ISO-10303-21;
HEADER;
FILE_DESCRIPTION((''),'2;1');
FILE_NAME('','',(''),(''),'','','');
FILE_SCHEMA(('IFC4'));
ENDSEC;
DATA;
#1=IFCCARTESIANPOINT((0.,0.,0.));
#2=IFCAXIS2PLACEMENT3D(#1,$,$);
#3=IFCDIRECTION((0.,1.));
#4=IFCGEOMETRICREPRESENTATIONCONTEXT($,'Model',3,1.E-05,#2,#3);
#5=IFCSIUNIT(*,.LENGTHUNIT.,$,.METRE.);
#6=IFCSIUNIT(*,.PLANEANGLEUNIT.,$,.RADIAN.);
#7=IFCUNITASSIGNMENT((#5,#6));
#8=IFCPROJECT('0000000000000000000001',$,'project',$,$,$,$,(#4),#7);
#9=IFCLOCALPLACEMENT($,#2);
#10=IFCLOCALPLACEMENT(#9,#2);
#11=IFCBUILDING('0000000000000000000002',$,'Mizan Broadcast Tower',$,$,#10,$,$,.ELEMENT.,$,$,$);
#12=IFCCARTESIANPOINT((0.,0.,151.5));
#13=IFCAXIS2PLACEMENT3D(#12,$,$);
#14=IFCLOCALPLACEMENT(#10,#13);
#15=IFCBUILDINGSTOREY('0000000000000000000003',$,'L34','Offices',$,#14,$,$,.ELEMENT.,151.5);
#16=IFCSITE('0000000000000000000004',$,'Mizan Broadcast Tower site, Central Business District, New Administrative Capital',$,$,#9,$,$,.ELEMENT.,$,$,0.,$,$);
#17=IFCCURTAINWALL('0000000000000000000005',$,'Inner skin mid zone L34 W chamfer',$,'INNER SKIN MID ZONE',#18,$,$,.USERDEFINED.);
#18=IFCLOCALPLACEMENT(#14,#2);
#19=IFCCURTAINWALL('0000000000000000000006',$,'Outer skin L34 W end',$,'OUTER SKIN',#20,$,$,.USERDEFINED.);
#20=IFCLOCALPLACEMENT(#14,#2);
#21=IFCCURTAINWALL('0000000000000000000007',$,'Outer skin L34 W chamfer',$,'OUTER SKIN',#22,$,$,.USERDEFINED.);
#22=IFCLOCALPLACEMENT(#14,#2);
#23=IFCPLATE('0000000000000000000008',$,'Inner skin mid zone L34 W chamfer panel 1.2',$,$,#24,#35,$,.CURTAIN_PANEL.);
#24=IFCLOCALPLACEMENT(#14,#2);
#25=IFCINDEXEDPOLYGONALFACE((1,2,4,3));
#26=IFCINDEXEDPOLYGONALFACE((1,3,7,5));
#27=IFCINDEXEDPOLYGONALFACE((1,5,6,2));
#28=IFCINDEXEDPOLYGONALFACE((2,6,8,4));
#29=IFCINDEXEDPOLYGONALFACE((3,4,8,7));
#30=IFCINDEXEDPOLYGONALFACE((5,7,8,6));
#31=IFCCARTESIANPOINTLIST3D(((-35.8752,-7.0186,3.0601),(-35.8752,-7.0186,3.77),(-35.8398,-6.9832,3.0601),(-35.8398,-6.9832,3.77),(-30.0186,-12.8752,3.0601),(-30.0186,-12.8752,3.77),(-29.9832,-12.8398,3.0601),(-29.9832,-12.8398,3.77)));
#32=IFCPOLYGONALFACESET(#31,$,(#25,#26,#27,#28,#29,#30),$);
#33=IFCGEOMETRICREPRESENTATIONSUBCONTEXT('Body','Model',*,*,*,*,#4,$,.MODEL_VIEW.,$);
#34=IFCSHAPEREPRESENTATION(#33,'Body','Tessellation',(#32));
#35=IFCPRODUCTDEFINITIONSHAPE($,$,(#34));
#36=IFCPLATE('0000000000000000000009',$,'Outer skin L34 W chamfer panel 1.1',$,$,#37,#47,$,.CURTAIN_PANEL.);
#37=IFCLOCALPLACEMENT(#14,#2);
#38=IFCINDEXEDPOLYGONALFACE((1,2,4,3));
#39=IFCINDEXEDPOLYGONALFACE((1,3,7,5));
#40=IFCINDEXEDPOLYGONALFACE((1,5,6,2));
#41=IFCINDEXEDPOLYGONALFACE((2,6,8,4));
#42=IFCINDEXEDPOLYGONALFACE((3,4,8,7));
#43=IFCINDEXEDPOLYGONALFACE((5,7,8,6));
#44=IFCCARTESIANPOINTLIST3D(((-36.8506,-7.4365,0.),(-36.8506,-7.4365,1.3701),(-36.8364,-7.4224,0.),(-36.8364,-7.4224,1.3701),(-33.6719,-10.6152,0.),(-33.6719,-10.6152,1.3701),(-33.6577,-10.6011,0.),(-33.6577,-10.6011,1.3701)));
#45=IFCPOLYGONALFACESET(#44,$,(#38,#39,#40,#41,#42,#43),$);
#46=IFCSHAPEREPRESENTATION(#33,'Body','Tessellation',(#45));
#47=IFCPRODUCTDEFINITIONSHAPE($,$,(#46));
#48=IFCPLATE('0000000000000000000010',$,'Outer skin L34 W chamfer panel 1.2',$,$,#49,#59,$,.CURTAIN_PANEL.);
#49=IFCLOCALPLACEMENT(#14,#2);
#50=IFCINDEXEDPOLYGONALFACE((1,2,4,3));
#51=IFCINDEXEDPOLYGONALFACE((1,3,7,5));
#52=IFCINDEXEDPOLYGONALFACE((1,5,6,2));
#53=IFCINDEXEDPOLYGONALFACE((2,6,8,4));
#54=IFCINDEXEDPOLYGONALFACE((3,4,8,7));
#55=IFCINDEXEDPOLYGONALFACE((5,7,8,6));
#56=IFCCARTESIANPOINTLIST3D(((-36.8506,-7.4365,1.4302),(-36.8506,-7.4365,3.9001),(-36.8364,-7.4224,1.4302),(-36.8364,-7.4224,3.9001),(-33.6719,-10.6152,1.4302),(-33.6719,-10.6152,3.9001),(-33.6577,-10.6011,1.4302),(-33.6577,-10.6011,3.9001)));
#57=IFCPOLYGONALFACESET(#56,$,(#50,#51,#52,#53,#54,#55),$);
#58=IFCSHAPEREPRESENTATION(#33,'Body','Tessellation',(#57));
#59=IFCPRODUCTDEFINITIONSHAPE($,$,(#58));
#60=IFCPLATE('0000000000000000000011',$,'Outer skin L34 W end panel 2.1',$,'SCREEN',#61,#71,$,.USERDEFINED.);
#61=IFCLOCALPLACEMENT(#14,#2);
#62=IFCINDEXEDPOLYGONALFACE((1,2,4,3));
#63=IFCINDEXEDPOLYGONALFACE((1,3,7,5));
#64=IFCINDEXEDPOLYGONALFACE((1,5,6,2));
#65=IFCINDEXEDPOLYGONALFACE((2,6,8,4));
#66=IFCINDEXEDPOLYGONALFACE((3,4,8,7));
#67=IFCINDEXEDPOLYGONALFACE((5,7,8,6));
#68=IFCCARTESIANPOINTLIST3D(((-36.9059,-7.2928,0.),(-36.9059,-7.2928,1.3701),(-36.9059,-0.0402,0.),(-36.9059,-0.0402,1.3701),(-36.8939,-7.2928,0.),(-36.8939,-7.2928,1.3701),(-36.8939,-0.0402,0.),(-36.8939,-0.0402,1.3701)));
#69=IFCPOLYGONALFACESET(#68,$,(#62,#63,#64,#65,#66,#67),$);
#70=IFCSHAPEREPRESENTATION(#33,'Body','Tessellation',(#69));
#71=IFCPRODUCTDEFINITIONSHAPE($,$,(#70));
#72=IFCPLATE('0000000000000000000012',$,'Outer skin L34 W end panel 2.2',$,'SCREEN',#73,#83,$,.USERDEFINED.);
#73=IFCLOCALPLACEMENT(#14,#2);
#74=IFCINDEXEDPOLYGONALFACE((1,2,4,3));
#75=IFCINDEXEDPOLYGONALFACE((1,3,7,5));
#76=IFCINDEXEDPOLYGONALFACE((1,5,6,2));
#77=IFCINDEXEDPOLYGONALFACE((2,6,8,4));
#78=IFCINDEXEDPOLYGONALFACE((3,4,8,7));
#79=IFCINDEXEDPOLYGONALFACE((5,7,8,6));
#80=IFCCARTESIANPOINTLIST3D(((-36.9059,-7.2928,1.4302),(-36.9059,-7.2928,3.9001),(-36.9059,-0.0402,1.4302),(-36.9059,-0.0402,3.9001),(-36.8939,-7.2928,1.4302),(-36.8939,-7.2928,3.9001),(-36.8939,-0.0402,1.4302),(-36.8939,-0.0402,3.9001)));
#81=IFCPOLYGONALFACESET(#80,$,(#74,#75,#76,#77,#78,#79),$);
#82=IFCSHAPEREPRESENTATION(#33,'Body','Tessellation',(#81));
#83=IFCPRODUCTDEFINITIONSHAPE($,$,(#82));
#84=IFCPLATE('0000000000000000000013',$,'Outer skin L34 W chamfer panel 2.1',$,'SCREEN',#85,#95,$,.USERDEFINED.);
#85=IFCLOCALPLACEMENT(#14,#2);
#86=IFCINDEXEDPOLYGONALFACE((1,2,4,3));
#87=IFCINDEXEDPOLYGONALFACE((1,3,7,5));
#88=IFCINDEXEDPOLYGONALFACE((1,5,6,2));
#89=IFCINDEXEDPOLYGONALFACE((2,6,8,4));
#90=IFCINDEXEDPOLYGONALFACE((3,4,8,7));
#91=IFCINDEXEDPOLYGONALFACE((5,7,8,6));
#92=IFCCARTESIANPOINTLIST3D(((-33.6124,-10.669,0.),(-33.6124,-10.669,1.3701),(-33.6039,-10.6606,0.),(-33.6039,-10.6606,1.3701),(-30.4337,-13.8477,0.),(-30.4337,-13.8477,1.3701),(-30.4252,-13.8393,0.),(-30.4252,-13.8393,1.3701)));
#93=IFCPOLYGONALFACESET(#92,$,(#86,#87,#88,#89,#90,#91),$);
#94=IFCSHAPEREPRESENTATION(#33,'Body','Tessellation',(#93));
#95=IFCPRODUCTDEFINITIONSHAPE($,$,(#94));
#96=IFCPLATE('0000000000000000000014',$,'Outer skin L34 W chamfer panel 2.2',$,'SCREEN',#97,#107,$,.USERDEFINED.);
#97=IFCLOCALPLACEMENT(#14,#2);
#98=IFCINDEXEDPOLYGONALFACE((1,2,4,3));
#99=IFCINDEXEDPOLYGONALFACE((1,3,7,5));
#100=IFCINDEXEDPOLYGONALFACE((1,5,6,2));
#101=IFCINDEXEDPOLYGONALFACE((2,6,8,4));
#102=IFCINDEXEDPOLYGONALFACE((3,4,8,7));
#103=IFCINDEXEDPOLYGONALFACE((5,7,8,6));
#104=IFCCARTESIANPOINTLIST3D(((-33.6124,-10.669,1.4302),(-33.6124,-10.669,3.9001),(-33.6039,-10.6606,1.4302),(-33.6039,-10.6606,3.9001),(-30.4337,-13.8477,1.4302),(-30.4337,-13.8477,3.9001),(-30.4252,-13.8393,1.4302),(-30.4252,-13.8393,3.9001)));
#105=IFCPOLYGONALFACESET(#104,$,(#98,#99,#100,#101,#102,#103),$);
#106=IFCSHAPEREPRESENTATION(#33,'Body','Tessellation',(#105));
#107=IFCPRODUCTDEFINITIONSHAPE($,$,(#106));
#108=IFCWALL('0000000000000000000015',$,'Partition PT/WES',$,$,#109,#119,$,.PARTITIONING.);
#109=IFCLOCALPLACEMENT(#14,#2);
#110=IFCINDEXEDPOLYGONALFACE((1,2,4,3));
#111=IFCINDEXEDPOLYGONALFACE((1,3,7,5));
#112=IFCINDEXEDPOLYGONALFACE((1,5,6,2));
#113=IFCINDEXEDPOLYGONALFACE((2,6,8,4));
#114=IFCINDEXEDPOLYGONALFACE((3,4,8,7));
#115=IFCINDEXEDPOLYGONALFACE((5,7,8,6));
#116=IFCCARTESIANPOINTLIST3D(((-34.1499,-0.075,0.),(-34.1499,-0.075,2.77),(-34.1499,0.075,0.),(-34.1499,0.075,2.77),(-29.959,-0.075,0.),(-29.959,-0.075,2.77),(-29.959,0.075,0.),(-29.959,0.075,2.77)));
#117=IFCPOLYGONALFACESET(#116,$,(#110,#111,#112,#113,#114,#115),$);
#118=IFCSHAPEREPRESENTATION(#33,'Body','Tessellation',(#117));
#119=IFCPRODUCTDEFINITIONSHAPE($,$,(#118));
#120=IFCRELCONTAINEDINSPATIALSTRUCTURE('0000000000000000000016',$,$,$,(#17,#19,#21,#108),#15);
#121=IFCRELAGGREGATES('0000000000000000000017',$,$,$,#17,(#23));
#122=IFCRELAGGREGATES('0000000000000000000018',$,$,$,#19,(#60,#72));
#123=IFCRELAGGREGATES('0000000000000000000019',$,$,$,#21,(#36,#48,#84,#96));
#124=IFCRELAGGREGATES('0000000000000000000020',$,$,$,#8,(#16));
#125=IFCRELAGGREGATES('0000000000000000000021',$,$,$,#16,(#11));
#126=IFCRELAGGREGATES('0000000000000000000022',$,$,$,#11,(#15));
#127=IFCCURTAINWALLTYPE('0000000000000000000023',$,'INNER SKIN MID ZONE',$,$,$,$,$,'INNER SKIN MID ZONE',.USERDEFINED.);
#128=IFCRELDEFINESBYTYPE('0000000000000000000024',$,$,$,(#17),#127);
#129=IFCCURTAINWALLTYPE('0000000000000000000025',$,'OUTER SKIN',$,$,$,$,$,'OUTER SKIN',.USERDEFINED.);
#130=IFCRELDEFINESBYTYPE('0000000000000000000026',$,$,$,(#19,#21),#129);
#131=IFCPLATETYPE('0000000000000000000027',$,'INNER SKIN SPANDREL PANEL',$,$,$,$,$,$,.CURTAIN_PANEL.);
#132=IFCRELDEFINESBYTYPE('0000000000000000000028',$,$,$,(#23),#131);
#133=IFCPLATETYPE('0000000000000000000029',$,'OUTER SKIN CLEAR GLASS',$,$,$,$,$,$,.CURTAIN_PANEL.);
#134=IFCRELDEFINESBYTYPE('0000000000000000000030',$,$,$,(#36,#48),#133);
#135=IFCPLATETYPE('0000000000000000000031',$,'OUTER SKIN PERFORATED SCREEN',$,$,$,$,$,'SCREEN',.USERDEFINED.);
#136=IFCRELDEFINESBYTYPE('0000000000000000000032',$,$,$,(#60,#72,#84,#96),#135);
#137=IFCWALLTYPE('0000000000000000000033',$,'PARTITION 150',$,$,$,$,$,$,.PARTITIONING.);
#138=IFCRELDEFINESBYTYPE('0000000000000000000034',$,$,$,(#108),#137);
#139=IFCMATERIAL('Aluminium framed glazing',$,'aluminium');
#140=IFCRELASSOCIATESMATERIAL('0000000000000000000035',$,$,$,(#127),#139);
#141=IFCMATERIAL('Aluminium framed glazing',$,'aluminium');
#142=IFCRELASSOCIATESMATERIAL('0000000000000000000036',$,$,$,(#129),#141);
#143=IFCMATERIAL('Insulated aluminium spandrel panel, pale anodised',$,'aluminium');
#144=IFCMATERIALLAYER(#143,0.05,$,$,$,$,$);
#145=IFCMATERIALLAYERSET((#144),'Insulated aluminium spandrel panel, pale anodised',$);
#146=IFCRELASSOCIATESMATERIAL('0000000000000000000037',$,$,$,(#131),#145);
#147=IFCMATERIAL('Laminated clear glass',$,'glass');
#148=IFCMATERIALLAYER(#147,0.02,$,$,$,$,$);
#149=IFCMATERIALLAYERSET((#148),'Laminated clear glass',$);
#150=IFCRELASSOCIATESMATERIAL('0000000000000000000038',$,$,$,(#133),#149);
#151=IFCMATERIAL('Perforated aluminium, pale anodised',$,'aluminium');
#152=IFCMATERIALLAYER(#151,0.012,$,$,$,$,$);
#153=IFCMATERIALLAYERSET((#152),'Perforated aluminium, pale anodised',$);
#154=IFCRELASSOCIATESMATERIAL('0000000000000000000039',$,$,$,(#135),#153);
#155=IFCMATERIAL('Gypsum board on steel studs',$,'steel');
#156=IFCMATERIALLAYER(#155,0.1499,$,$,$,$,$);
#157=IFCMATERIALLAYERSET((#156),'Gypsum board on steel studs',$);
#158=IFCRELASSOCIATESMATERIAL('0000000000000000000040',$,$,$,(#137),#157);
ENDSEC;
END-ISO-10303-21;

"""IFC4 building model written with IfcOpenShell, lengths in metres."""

from ifc_helpers import new_model, si_unit, direction, frame, frame_2d, origin, origin_2d, place, context, subcontext, project, spatial, rectangle, extrude, material, layer, layer_set, type_object, element, aggregate, save


model = new_model("IFC4")

# Units and contexts
model_context = context("Model", 3, precision=1e-05, world=origin(), true_north=direction((0.0, 1.0)))
body_context = subcontext(model_context, "Body", "Model", "MODEL_VIEW")
ifc_project = project(units=[si_unit("LENGTHUNIT", "METRE"), si_unit("PLANEANGLEUNIT", "RADIAN")], contexts=[model_context])

# Site, building, storey
site_placement = place(None, origin())
site = spatial("IfcSite", under=ifc_project, at=site_placement, Name="Mizan Broadcast Tower site, Central Business District, New Administrative Capital", CompositionType="ELEMENT", RefElevation=0.0)
building_placement = place(site_placement, origin())
building = spatial("IfcBuilding", under=site, at=building_placement, Name="Mizan Broadcast Tower", CompositionType="ELEMENT")
storey_placement = place(building_placement, frame((0.0, 0.0, 151.5)))
storey = spatial("IfcBuildingStorey", under=building, at=storey_placement, Name="L34", Description="Offices", CompositionType="ELEMENT", Elevation=151.5)

# Shared definitions
ifc_material_1 = material(Name="Aluminium framed glazing", Category="aluminium")
curtain_wall_type_1 = type_object("IfcCurtainWallType", Name="INNER SKIN MID ZONE", ElementType="INNER SKIN MID ZONE", PredefinedType="USERDEFINED", material=ifc_material_1)

# Curtain wall
curtain_wall_1_placement = place(storey_placement, origin())
curtain_wall_1 = element("IfcCurtainWall", 1, at=curtain_wall_1_placement, inside=storey, type_object=curtain_wall_type_1, Name="Inner skin mid zone L34 W chamfer", ObjectType="INNER SKIN MID ZONE", PredefinedType="USERDEFINED")

# Curtain walls
ifc_material_2 = material(Name="Aluminium framed glazing", Category="aluminium")
curtain_wall_type_2 = type_object("IfcCurtainWallType", Name="OUTER SKIN", ElementType="OUTER SKIN", PredefinedType="USERDEFINED", material=ifc_material_2)
curtain_wall_2_placement = place(storey_placement, origin())
curtain_wall_2 = element("IfcCurtainWall", 2, at=curtain_wall_2_placement, inside=storey, type_object=curtain_wall_type_2, Name="Outer skin L34 W end", ObjectType="OUTER SKIN", PredefinedType="USERDEFINED")
curtain_wall_3_placement = place(storey_placement, origin())
curtain_wall_3 = element("IfcCurtainWall", 3, at=curtain_wall_3_placement, inside=storey, type_object=curtain_wall_type_2, Name="Outer skin L34 W chamfer", ObjectType="OUTER SKIN", PredefinedType="USERDEFINED")

# Plates
ifc_material_3 = material(Name="Insulated aluminium spandrel panel, pale anodised", Category="aluminium")
ifc_layer_1 = layer(ifc_material_3, 0.05)
ifc_layer_set_1 = layer_set([ifc_layer_1], Name="Insulated aluminium spandrel panel, pale anodised")
plate_type_1 = type_object("IfcPlateType", Name="INNER SKIN SPANDREL PANEL", PredefinedType="CURTAIN_PANEL", material=ifc_layer_set_1)
plate_1_placement = place(storey_placement, frame((-32.9292, -9.9292, 3.0601), z_axis=(0.0, 0.0, 1.0), x_axis=(0.707107, -0.707107, 0.0)))
plate_1 = element("IfcPlate", 4, at=plate_1_placement, type_object=plate_type_1, Name="Inner skin mid zone L34 W chamfer panel 1.2", PredefinedType="CURTAIN_PANEL", context=body_context, shape_type="SweptSolid", body=[
    extrude(rectangle(XDim=8.2825, YDim=0.05, at=origin_2d()), origin(), (0.0, 0.0, 1.0), 0.71),
])
aggregate(curtain_wall_1, [plate_1])
ifc_material_4 = material(Name="Laminated clear glass", Category="glass")
ifc_layer_2 = layer(ifc_material_4, 0.02)
ifc_layer_set_2 = layer_set([ifc_layer_2], Name="Laminated clear glass")
plate_type_2 = type_object("IfcPlateType", Name="OUTER SKIN CLEAR GLASS", PredefinedType="CURTAIN_PANEL", material=ifc_layer_set_2)
plate_2_placement = place(storey_placement, frame((-35.2542, -9.0188, 0.0), z_axis=(0.0, 0.0, 1.0), x_axis=(0.707107, -0.707107, 0.0)))
plate_2 = element("IfcPlate", 5, at=plate_2_placement, type_object=plate_type_2, Name="Outer skin L34 W chamfer panel 1.1", PredefinedType="CURTAIN_PANEL", context=body_context, shape_type="SweptSolid", body=[
    extrude(rectangle(XDim=4.4954, YDim=0.02, at=origin_2d()), origin(), (0.0, 0.0, 1.0), 1.3701),
])
plate_3_placement = place(storey_placement, frame((-35.2542, -9.0188, 1.4302), z_axis=(0.0, 0.0, 1.0), x_axis=(0.707107, -0.707107, 0.0)))
plate_3 = element("IfcPlate", 6, at=plate_3_placement, type_object=plate_type_2, Name="Outer skin L34 W chamfer panel 1.2", PredefinedType="CURTAIN_PANEL", context=body_context, shape_type="SweptSolid", body=[
    extrude(rectangle(XDim=4.4954, YDim=0.02, at=origin_2d()), origin(), (0.0, 0.0, 1.0), 2.47),
])
ifc_material_5 = material(Name="Perforated aluminium, pale anodised", Category="aluminium")
ifc_layer_3 = layer(ifc_material_5, 0.012)
ifc_layer_set_3 = layer_set([ifc_layer_3], Name="Perforated aluminium, pale anodised")
plate_type_3 = type_object("IfcPlateType", Name="OUTER SKIN PERFORATED SCREEN", ElementType="SCREEN", PredefinedType="USERDEFINED", material=ifc_layer_set_3)
plate_4_placement = place(storey_placement, frame((-36.8999, -3.6665, 0.0), z_axis=(0.0, 0.0, 1.0), x_axis=(0.0, -1.0, 0.0)))
plate_4 = element("IfcPlate", 7, at=plate_4_placement, type_object=plate_type_3, Name="Outer skin L34 W end panel 2.1", ObjectType="SCREEN", PredefinedType="USERDEFINED", context=body_context, shape_type="SweptSolid", body=[
    extrude(rectangle(XDim=7.2527, YDim=0.012, at=origin_2d()), origin(), (0.0, 0.0, 1.0), 1.3701),
])
plate_5_placement = place(storey_placement, frame((-36.8999, -3.6665, 1.4302), z_axis=(0.0, 0.0, 1.0), x_axis=(0.0, -1.0, 0.0)))
plate_5 = element("IfcPlate", 8, at=plate_5_placement, type_object=plate_type_3, Name="Outer skin L34 W end panel 2.2", ObjectType="SCREEN", PredefinedType="USERDEFINED", context=body_context, shape_type="SweptSolid", body=[
    extrude(rectangle(XDim=7.2527, YDim=0.012, at=origin_2d()), origin(), (0.0, 0.0, 1.0), 2.47),
])
aggregate(curtain_wall_2, [plate_4, plate_5])
plate_6_placement = place(storey_placement, frame((-32.0188, -12.2542, 0.0), z_axis=(0.0, 0.0, 1.0), x_axis=(0.707107, -0.707107, 0.0)))
plate_6 = element("IfcPlate", 9, at=plate_6_placement, type_object=plate_type_3, Name="Outer skin L34 W chamfer panel 2.1", ObjectType="SCREEN", PredefinedType="USERDEFINED", context=body_context, shape_type="SweptSolid", body=[
    extrude(rectangle(XDim=4.4954, YDim=0.012, at=origin_2d()), origin(), (0.0, 0.0, 1.0), 1.3701),
])
plate_7_placement = place(storey_placement, frame((-32.0188, -12.2542, 1.4302), z_axis=(0.0, 0.0, 1.0), x_axis=(0.707107, -0.707107, 0.0)))
plate_7 = element("IfcPlate", 10, at=plate_7_placement, type_object=plate_type_3, Name="Outer skin L34 W chamfer panel 2.2", ObjectType="SCREEN", PredefinedType="USERDEFINED", context=body_context, shape_type="SweptSolid", body=[
    extrude(rectangle(XDim=4.4954, YDim=0.012, at=origin_2d()), origin(), (0.0, 0.0, 1.0), 2.47),
])
aggregate(curtain_wall_3, [plate_2, plate_3, plate_6, plate_7])

# Wall
ifc_material_6 = material(Name="Gypsum board on steel studs", Category="steel")
ifc_layer_4 = layer(ifc_material_6, 0.1499)
ifc_layer_set_4 = layer_set([ifc_layer_4], Name="Gypsum board on steel studs")
wall_type = type_object("IfcWallType", Name="PARTITION 150", PredefinedType="PARTITIONING", material=ifc_layer_set_4)
wall_placement = place(storey_placement, frame((-29.959, 0.0, 0.0), z_axis=(0.0, 0.0, 1.0), x_axis=(-1.0, 0.0, 0.0)))
element("IfcWall", 11, at=wall_placement, inside=storey, type_object=wall_type, Name="Partition PT/WES", PredefinedType="PARTITIONING", context=body_context, shape_type="SweptSolid", body=[
    extrude(rectangle(XDim=4.1909, YDim=0.1499, at=frame_2d((2.0955, 0.0))), origin(), (0.0, 0.0, 1.0), 2.77),
])

save(model, "model.ifc")
